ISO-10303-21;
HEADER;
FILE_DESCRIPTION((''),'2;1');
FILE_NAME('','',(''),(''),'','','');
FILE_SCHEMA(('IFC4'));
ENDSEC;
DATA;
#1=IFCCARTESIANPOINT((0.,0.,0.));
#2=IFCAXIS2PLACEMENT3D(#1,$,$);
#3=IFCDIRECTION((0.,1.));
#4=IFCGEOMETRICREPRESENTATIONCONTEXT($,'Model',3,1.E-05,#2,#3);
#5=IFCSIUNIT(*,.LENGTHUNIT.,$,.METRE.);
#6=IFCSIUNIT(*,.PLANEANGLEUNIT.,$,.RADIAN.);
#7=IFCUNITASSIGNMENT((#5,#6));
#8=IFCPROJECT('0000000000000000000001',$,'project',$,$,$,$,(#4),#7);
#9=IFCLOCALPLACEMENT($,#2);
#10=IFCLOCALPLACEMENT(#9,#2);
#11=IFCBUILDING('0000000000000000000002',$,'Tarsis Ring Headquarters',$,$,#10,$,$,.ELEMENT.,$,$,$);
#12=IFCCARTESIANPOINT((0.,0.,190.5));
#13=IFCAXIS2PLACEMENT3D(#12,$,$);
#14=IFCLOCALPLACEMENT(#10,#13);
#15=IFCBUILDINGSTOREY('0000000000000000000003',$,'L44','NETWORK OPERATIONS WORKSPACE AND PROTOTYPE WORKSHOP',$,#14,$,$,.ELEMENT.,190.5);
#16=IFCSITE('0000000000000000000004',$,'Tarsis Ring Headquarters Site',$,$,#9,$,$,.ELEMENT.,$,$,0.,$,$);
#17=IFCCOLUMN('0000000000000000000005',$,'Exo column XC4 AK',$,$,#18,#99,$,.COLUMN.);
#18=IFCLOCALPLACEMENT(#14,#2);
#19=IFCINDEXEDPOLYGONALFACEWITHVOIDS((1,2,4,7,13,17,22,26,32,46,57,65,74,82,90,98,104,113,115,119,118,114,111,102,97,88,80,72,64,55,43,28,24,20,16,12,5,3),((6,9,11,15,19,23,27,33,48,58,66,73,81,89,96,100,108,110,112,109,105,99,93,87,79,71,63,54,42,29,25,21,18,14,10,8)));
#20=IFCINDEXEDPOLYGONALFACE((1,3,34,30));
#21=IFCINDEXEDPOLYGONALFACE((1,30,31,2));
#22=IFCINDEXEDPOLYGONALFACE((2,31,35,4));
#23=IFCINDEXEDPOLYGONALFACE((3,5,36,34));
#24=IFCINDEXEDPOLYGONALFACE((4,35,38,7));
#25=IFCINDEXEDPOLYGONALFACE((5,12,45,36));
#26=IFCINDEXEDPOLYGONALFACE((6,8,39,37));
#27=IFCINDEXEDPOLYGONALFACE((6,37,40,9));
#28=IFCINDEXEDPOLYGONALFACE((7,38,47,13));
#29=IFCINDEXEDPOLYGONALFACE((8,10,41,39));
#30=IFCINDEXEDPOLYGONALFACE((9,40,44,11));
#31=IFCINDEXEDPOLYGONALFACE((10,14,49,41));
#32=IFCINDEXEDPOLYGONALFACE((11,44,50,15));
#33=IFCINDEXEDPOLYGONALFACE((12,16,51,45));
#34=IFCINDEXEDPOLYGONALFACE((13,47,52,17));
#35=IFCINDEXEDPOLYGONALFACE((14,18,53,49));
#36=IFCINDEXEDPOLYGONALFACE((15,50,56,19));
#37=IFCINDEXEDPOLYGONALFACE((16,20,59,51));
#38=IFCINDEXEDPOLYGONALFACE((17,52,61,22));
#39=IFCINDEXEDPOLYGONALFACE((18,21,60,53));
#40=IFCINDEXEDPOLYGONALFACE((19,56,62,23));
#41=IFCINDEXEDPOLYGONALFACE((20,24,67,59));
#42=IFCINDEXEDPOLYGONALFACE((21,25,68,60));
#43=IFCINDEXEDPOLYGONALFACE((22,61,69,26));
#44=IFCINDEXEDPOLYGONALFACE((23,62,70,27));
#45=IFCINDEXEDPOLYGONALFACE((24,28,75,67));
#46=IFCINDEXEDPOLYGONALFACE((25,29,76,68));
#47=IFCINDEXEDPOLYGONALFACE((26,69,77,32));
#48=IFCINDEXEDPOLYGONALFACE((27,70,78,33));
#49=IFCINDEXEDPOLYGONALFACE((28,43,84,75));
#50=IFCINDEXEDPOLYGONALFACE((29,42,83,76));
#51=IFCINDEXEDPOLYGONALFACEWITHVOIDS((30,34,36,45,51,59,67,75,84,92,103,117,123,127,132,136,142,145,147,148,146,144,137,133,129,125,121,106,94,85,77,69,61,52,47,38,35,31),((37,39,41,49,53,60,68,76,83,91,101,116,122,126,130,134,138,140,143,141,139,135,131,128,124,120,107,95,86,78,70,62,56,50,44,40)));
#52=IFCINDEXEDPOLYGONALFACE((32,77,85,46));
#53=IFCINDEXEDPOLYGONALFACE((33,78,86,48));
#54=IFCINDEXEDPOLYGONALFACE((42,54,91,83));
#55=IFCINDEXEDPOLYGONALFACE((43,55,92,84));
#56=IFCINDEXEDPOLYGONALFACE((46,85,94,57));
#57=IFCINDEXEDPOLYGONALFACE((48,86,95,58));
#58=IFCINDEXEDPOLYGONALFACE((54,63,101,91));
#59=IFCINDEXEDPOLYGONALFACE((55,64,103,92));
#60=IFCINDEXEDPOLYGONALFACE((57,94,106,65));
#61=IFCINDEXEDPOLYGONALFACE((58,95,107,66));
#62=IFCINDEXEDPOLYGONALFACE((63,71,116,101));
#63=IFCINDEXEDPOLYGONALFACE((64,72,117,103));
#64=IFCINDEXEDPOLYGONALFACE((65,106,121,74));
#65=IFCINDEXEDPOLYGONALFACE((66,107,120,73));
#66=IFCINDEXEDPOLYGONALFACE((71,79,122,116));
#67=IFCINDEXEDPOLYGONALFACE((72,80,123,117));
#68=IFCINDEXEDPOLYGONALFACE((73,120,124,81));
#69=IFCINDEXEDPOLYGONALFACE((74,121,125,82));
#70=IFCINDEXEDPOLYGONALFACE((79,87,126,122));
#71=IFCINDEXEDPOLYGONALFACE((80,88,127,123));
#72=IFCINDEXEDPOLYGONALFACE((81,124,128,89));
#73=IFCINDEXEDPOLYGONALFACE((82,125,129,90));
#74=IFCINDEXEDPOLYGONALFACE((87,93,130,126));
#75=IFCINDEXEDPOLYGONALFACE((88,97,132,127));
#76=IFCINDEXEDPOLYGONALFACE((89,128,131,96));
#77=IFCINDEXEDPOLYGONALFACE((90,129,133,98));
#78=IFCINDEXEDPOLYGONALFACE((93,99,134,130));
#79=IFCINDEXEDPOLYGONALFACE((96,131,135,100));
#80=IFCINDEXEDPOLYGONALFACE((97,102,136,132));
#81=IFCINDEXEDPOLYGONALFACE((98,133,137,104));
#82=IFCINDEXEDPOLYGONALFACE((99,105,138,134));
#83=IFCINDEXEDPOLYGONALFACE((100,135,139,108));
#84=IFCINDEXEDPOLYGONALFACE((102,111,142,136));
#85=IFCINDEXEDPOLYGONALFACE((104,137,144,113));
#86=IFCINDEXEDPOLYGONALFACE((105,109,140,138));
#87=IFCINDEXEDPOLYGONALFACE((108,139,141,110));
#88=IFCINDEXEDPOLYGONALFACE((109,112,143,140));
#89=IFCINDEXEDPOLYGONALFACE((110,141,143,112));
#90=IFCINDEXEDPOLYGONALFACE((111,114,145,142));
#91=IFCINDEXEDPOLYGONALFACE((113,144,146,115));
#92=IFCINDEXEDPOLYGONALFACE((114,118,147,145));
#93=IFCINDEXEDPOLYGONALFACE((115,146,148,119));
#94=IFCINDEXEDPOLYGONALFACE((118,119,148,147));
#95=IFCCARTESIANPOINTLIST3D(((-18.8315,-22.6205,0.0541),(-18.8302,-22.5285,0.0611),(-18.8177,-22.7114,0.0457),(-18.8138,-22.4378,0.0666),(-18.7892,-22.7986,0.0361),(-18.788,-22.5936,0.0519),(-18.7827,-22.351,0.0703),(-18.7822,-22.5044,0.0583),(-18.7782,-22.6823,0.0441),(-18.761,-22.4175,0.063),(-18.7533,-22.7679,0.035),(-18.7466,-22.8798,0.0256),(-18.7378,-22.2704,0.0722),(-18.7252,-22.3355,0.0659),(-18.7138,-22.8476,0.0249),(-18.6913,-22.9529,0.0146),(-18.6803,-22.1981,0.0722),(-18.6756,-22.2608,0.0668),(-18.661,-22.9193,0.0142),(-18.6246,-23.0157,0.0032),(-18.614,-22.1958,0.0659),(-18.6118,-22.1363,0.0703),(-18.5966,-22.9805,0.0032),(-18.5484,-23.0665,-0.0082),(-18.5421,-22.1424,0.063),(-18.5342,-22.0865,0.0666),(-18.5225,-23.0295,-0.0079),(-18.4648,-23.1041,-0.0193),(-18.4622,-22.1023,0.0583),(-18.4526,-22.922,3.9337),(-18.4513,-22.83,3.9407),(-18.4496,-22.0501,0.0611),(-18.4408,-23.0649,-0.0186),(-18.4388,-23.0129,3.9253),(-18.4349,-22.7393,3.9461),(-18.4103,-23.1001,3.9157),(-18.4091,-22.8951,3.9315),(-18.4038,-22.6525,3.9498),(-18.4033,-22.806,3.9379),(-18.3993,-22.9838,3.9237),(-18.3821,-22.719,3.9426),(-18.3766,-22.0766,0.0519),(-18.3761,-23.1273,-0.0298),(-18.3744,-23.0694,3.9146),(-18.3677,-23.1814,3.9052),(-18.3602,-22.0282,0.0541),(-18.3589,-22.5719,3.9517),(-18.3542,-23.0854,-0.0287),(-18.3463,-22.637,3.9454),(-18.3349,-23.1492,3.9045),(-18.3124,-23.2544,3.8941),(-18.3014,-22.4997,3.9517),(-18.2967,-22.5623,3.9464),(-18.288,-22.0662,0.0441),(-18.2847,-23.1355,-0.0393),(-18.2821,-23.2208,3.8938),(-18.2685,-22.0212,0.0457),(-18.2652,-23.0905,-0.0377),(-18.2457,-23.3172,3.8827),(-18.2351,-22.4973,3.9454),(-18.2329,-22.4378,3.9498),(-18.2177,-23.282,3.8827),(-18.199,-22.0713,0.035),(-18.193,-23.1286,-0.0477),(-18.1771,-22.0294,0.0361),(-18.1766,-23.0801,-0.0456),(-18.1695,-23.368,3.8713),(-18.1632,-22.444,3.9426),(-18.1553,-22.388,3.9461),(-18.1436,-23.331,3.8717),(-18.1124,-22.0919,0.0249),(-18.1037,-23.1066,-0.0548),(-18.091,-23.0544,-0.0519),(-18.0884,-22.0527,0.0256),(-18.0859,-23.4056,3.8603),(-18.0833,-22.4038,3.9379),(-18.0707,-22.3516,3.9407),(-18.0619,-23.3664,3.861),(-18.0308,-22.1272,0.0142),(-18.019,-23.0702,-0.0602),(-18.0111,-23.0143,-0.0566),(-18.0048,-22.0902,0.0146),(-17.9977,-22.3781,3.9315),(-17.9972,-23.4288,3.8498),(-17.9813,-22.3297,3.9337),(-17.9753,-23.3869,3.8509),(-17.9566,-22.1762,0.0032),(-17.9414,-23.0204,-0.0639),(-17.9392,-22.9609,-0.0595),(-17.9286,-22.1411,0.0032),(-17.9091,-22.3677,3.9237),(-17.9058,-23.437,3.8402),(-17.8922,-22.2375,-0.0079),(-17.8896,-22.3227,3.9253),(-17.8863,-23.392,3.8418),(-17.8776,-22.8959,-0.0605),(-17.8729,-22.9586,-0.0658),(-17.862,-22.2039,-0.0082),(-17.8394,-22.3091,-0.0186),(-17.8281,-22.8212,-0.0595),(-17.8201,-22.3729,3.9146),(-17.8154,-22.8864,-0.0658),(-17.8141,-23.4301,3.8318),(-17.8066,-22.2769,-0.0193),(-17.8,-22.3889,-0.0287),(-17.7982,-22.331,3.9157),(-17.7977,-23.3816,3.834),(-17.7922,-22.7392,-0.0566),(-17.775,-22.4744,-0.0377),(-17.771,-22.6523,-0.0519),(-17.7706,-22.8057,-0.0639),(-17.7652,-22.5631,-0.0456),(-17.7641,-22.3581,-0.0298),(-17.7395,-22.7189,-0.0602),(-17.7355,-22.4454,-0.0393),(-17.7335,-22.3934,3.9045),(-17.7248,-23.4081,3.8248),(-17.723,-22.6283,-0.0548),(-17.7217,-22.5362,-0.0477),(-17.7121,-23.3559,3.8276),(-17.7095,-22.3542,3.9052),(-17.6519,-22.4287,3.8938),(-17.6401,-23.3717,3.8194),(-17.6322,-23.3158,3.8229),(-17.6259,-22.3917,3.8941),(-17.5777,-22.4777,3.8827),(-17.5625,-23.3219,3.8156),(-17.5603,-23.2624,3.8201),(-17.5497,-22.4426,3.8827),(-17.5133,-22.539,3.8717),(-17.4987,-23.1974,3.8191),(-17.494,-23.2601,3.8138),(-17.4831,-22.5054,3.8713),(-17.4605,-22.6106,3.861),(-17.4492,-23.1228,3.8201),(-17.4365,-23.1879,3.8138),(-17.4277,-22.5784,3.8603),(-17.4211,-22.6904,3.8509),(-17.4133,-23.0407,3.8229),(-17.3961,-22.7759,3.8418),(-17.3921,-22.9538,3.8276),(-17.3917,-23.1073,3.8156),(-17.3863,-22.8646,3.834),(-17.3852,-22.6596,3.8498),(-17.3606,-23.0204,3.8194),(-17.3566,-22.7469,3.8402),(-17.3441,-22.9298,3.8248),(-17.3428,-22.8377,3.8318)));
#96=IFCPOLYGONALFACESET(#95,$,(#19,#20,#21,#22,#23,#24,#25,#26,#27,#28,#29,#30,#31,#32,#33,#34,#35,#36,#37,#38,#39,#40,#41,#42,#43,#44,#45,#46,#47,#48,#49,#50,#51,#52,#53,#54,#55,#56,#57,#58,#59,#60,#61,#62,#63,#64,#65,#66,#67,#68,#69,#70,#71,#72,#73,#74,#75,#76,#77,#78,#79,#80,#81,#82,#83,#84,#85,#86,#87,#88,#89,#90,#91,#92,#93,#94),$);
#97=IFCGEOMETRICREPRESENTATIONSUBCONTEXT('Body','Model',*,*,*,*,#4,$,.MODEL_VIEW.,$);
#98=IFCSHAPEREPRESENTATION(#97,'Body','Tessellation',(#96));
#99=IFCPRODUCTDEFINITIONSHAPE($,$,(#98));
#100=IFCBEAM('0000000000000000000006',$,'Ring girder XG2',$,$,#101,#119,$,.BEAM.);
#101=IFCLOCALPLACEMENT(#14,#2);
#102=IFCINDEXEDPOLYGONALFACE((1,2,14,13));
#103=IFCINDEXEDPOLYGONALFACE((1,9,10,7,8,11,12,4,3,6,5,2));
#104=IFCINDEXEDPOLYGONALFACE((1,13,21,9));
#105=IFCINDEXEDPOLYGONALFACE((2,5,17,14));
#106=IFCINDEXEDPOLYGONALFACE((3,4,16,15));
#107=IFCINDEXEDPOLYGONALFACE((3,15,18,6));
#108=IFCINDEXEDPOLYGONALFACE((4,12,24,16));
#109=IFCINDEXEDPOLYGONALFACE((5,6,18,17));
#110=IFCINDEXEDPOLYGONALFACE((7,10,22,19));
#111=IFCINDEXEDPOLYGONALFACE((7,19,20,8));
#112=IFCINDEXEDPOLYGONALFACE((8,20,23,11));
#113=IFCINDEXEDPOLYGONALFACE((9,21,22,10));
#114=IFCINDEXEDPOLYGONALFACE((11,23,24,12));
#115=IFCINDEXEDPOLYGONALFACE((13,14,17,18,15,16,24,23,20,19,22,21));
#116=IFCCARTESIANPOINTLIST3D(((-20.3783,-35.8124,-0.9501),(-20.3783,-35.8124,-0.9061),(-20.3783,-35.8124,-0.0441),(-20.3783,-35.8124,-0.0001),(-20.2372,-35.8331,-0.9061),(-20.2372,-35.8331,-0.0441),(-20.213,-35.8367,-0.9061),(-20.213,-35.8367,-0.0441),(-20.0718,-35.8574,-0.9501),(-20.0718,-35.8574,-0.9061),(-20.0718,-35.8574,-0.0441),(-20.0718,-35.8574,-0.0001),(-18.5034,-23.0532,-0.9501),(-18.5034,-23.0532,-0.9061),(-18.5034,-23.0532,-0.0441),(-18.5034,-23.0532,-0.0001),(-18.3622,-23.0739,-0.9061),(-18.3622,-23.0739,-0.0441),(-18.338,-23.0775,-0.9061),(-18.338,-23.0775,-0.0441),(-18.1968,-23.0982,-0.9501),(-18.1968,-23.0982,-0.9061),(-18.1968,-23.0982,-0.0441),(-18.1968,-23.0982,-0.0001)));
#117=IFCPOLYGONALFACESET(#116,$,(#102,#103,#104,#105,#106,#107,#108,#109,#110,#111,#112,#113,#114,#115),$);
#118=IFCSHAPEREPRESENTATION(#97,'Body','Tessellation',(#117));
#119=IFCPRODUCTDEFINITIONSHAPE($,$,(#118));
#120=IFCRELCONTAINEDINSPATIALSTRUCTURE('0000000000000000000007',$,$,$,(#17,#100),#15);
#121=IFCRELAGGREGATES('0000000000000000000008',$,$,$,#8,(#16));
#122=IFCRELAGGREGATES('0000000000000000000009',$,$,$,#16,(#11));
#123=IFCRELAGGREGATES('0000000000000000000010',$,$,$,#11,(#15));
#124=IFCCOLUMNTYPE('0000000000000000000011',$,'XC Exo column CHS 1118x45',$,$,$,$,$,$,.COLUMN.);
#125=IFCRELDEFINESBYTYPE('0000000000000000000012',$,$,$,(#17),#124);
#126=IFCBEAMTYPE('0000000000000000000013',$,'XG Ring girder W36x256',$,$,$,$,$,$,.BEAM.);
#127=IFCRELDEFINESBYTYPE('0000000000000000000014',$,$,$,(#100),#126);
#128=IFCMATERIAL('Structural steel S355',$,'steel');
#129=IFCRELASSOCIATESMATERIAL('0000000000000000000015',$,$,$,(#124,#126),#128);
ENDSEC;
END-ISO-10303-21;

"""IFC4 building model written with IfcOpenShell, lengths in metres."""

from ifc_helpers import new_model, si_unit, direction, frame, origin, origin_2d, place, context, subcontext, project, spatial, hollow_circle, i_section, extrude, material, material_profile, profile_set, type_object, element, save


model = new_model("IFC4")

# Units and contexts
model_context = context("Model", 3, precision=1e-05, world=origin(), true_north=direction((0.0, 1.0)))
body_context = subcontext(model_context, "Body", "Model", "MODEL_VIEW")
ifc_project = project(units=[si_unit("LENGTHUNIT", "METRE"), si_unit("PLANEANGLEUNIT", "RADIAN")], contexts=[model_context])

# Site, building, storey
site_placement = place(None, origin())
site = spatial("IfcSite", under=ifc_project, at=site_placement, Name="Tarsis Ring Headquarters Site", CompositionType="ELEMENT", RefElevation=0.0)
building_placement = place(site_placement, origin())
building = spatial("IfcBuilding", under=site, at=building_placement, Name="Tarsis Ring Headquarters", CompositionType="ELEMENT")
storey_placement = place(building_placement, frame((0.0, 0.0, 190.5)))
storey = spatial("IfcBuildingStorey", under=building, at=storey_placement, Name="L44", Description="NETWORK OPERATIONS WORKSPACE AND PROTOTYPE WORKSHOP", CompositionType="ELEMENT", Elevation=190.5)

# Column
ifc_material_1 = material(Name="Structural steel S355", Category="steel")
ifc_material_profile_1 = material_profile(ifc_material_1, hollow_circle(Radius=0.5588, WallThickness=0.0449, at=origin_2d()), Name="CHS 1118x45")
ifc_profile_set_1 = profile_set([ifc_material_profile_1], Name="Structural steel S355")
column_type = type_object("IfcColumnType", Name="XC Exo column CHS 1118x45", PredefinedType="COLUMN", material=ifc_profile_set_1)
column_placement = place(storey_placement, frame((-18.2766, -22.5784, 0.0032), z_axis=(0.096913, -0.077119, 0.992301), x_axis=(0.622664, 0.782489, 0.0)))
element("IfcColumn", 1, at=column_placement, inside=storey, type_object=column_type, Name="Exo column XC4 AK", PredefinedType="COLUMN", context=body_context, shape_type="SweptSolid", body=[
    extrude(hollow_circle(Radius=0.5588, WallThickness=0.0449, at=origin_2d()), origin(), (0.0, 0.0, 1.0), 3.9097),
])

# Beam
ifc_material_profile_2 = material_profile(ifc_material_1, i_section(OverallWidth=0.3098, OverallDepth=0.95, WebThickness=0.0244, FlangeThickness=0.0439, at=origin_2d()), Name="W36x256")
ifc_profile_set_2 = profile_set([ifc_material_profile_2], Name="Structural steel S355")
beam_type = type_object("IfcBeamType", Name="XG Ring girder W36x256", PredefinedType="BEAM", material=ifc_profile_set_2)
beam_placement = place(storey_placement, frame((-18.3501, -23.0757, -0.4751), z_axis=(-0.14539, -0.989374, 0.0), x_axis=(0.989374, -0.14539, 0.0)))
element("IfcBeam", 2, at=beam_placement, inside=storey, type_object=beam_type, Name="Ring girder XG2", PredefinedType="BEAM", context=body_context, shape_type="SweptSolid", body=[
    extrude(i_section(OverallWidth=0.3098, OverallDepth=0.95, WebThickness=0.0244, FlangeThickness=0.0439, at=origin_2d()), origin(), (0.0, 0.0, 1.0), 12.8962),
])

save(model, "model.ifc")
